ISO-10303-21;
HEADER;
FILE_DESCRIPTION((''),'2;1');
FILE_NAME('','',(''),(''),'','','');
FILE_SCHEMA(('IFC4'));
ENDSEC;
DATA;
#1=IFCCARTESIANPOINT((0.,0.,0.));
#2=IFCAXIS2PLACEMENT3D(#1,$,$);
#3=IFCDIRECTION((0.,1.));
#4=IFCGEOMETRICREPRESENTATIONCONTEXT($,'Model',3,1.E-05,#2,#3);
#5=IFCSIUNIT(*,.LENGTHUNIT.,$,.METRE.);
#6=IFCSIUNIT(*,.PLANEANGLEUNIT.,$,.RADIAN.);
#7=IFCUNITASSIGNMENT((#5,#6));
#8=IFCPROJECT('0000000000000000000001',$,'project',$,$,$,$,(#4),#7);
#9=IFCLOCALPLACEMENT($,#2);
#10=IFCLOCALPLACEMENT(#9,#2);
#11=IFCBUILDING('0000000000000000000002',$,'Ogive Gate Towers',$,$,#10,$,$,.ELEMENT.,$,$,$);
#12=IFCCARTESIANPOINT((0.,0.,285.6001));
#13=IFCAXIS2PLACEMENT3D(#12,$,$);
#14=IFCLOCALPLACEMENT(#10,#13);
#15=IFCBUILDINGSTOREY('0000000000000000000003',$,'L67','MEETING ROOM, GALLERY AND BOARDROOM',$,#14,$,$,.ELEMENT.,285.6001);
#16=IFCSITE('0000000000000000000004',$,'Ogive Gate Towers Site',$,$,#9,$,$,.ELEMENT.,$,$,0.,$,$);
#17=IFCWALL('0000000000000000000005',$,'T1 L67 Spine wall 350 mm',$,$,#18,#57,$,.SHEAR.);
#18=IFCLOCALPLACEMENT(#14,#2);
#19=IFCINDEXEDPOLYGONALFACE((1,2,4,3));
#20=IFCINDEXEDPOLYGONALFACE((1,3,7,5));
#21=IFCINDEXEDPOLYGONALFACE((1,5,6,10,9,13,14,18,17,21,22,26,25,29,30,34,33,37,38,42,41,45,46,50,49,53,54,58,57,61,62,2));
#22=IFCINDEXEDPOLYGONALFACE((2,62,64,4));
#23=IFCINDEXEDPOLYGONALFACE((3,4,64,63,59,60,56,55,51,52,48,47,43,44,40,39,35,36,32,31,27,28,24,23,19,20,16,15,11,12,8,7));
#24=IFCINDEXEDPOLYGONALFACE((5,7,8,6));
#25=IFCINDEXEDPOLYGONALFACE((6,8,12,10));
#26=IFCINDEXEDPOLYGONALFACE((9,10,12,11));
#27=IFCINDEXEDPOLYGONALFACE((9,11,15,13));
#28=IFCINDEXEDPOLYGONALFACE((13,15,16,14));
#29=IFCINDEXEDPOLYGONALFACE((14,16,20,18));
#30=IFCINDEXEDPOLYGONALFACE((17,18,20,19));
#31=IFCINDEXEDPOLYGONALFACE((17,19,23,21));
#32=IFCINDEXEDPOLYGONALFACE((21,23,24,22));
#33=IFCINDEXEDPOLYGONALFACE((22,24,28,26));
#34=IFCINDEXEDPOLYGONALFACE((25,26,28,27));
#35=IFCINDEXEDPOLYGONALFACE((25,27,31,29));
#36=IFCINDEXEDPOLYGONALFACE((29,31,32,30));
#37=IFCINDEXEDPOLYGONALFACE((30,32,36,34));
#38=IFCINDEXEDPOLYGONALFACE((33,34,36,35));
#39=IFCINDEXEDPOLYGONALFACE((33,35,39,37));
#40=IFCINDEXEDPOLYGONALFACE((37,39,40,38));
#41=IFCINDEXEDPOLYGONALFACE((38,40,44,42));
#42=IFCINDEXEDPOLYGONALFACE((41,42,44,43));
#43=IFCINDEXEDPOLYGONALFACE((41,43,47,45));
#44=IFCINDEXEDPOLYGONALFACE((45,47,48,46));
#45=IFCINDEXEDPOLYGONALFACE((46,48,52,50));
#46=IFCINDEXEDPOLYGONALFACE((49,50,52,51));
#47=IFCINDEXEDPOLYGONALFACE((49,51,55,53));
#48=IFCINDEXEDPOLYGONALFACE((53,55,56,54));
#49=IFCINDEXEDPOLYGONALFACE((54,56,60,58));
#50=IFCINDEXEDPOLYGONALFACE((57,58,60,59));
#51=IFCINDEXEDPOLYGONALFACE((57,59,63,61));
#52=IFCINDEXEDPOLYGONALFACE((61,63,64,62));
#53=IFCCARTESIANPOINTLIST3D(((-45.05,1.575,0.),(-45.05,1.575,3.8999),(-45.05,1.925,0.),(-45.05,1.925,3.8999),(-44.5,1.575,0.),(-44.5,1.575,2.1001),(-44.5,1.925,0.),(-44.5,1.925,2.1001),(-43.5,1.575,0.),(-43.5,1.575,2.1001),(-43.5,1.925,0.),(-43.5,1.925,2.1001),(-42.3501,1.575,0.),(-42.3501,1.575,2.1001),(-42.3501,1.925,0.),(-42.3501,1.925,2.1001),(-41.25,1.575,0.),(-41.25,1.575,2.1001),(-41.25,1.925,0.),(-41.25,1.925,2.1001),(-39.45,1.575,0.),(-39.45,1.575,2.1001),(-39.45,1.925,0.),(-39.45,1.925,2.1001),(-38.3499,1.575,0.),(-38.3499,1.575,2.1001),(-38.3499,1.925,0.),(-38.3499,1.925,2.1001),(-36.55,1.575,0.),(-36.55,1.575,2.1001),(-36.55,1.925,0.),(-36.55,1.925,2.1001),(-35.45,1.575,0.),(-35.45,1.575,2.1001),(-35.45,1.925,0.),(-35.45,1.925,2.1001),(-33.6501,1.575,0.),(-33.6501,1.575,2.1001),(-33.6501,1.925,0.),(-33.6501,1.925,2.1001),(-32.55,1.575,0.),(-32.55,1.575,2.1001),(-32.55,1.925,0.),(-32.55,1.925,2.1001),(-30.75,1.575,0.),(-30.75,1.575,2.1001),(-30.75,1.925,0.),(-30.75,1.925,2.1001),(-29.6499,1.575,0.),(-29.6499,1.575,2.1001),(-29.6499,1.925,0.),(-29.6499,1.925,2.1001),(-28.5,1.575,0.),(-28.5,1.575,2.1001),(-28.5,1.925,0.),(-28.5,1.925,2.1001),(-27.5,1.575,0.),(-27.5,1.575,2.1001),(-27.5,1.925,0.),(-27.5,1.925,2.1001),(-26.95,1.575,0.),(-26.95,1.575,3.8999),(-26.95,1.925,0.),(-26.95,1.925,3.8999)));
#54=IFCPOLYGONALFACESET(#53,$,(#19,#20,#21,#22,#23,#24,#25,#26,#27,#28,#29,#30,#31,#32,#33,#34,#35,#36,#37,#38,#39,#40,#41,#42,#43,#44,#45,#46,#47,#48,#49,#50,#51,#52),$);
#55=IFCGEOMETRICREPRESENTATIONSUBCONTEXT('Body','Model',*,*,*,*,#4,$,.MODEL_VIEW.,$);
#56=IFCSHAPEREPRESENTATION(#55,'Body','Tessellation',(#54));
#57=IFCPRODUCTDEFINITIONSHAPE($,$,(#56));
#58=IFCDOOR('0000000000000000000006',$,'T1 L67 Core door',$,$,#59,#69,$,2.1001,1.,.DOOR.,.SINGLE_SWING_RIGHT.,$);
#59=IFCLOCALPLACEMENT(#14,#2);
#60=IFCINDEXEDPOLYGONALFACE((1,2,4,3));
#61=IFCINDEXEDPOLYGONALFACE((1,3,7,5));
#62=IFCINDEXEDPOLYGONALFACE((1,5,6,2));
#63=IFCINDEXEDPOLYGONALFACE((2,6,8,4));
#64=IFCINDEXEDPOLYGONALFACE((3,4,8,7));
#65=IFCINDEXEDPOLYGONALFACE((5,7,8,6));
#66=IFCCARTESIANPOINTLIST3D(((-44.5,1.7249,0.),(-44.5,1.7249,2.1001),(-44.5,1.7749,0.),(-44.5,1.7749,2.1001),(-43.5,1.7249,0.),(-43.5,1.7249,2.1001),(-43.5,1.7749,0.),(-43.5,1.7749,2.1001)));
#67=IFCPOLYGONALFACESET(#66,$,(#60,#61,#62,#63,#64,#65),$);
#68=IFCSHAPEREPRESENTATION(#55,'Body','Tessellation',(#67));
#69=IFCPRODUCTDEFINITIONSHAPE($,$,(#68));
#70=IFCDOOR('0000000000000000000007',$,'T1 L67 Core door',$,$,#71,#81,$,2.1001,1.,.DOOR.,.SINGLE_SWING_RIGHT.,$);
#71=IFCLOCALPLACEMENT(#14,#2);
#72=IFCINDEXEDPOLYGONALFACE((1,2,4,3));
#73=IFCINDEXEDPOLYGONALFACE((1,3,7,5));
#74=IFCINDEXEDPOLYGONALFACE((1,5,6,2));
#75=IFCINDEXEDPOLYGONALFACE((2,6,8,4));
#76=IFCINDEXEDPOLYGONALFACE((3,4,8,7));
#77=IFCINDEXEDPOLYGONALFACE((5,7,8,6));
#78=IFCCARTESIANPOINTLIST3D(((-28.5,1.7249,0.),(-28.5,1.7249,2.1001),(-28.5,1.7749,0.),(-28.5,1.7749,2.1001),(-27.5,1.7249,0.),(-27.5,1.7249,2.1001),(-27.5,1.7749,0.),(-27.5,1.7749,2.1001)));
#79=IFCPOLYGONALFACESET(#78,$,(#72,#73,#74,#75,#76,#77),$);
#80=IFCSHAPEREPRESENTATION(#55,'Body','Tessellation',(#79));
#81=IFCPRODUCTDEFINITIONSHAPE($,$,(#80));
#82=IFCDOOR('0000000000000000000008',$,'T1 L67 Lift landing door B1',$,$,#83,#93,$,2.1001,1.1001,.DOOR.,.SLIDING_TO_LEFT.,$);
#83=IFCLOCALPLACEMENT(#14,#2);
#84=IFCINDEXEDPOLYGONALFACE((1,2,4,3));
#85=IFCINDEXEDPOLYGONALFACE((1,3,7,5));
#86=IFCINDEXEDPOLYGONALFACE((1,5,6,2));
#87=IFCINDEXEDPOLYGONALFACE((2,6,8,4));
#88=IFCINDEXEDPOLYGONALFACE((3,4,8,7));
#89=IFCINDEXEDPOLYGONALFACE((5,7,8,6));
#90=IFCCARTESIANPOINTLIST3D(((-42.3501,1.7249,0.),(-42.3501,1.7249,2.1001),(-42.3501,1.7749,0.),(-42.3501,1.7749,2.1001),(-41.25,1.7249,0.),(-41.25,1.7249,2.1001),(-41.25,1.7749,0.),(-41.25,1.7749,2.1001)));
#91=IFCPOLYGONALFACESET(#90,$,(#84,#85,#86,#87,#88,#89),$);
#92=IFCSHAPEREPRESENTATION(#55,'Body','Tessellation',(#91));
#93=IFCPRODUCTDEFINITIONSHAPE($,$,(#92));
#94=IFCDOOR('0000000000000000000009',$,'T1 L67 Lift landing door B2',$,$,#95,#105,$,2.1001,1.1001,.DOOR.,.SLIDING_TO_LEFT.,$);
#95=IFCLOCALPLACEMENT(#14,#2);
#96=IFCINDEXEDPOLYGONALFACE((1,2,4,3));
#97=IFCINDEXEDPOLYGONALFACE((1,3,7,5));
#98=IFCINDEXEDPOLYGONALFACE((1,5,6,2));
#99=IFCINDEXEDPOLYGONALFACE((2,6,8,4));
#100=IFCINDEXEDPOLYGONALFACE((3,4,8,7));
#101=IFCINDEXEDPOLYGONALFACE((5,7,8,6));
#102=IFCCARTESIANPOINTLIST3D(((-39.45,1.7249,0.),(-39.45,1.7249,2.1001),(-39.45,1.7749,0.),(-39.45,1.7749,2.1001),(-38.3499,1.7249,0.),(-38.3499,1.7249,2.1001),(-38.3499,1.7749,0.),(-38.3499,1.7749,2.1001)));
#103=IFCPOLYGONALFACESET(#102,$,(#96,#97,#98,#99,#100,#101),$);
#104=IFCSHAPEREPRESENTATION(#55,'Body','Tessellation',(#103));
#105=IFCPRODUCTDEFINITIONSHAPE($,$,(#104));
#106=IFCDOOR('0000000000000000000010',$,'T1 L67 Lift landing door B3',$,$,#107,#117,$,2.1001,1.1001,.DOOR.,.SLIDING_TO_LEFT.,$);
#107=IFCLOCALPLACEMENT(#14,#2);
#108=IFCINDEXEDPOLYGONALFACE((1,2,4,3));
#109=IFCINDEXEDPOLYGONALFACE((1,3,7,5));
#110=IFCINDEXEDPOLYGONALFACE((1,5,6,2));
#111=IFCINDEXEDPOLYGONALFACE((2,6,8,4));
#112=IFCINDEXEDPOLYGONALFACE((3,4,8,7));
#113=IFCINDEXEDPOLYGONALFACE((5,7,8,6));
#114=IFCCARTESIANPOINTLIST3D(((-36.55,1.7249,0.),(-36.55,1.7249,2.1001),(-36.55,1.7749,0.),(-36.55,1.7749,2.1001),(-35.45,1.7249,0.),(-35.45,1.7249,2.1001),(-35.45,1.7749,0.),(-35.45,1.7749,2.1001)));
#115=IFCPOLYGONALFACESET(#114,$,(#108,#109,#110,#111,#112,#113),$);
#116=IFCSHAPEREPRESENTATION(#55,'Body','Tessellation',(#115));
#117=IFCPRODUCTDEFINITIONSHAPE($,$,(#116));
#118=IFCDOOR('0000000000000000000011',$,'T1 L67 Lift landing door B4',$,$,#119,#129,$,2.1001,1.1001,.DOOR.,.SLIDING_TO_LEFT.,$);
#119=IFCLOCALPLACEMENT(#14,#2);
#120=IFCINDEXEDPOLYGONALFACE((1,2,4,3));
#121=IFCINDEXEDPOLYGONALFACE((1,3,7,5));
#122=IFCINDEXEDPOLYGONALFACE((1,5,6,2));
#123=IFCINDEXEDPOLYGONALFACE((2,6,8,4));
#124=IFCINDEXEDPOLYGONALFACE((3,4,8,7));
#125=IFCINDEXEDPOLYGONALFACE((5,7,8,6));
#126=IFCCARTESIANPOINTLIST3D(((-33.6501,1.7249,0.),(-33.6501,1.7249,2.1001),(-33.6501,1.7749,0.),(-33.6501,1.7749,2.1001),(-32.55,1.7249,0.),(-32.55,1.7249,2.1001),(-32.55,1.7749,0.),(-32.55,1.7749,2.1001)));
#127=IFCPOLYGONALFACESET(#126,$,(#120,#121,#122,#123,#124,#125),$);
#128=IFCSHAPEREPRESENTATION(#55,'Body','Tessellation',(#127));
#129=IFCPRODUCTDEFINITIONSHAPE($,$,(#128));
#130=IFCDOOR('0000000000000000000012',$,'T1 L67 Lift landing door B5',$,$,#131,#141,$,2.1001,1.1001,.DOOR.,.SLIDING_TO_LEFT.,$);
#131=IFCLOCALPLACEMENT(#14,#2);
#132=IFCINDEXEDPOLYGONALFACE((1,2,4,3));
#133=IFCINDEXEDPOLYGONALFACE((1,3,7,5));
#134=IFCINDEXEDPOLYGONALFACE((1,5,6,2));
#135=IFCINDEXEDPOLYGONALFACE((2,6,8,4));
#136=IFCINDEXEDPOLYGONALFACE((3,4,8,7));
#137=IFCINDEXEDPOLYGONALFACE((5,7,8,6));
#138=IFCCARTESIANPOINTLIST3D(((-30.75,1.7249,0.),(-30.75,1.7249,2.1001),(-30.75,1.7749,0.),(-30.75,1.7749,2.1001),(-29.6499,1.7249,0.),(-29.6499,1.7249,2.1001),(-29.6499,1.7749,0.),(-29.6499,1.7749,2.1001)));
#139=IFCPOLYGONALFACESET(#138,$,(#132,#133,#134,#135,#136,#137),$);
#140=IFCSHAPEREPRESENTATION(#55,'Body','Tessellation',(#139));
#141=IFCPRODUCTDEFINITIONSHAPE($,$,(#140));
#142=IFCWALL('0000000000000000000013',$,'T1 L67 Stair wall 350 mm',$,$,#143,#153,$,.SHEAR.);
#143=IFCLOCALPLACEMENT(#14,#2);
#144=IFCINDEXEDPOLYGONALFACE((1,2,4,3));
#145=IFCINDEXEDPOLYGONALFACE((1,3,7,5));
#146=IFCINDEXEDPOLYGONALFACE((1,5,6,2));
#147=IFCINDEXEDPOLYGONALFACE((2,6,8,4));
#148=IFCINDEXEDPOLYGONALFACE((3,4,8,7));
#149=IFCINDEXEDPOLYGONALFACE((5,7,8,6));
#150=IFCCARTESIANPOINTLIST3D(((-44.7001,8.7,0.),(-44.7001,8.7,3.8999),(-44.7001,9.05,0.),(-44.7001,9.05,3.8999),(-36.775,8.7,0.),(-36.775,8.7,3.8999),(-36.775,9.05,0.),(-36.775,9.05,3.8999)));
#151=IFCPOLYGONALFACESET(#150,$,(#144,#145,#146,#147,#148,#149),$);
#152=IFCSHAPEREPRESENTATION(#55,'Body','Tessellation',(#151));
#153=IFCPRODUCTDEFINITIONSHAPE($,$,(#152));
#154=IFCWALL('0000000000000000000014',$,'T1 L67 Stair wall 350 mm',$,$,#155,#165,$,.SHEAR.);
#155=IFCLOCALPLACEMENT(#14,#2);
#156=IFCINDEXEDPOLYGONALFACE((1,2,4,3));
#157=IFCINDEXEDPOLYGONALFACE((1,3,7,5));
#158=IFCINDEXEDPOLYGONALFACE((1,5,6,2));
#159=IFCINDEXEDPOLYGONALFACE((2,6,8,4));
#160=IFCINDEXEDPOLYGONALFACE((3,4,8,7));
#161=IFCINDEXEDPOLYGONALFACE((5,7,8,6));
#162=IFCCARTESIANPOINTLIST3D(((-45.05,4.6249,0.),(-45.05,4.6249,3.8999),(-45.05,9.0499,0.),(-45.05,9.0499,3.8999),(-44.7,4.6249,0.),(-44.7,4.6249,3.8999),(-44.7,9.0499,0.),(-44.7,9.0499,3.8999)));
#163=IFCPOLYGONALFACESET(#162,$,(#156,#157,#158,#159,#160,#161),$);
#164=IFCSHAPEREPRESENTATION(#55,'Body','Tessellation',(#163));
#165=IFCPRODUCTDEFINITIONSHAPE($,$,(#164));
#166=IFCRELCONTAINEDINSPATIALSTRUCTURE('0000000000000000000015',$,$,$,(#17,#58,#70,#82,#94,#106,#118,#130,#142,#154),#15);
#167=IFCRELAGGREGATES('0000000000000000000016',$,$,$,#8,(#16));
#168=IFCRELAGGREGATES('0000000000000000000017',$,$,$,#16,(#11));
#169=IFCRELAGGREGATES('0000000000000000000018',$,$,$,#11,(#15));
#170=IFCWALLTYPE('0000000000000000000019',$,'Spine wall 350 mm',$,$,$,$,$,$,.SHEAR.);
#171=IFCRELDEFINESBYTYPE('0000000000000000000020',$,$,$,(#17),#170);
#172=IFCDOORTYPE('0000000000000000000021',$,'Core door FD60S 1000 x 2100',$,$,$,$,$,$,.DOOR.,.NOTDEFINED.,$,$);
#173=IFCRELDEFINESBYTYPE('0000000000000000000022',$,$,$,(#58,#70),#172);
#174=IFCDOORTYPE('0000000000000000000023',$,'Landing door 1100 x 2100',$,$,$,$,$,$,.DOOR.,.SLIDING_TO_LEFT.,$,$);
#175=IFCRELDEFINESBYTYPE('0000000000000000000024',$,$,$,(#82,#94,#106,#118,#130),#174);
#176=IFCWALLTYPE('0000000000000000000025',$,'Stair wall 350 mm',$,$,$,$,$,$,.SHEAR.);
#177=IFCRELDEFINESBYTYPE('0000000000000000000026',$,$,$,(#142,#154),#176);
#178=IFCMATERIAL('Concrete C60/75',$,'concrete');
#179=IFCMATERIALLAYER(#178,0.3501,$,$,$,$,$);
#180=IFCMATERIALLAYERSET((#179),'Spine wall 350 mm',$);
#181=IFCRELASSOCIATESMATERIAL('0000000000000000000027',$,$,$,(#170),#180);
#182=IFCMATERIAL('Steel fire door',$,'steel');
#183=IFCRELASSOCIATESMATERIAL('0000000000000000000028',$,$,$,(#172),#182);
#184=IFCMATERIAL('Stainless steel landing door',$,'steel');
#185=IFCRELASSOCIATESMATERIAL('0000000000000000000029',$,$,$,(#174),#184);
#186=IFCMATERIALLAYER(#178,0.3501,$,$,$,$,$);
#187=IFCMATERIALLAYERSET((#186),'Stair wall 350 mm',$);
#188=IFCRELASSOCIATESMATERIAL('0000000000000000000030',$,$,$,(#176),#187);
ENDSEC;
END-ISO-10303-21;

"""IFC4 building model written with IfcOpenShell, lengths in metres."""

from ifc_helpers import new_model, si_unit, direction, frame, frame_2d, origin, place, context, subcontext, project, spatial, rectangle, extrude, material, layer, layer_set, type_object, element, fill, save


model = new_model("IFC4")

# Units and contexts
model_context = context("Model", 3, precision=1e-05, world=origin(), true_north=direction((0.0, 1.0)))
body_context = subcontext(model_context, "Body", "Model", "MODEL_VIEW")
ifc_project = project(units=[si_unit("LENGTHUNIT", "METRE"), si_unit("PLANEANGLEUNIT", "RADIAN")], contexts=[model_context])

# Site, building, storey
site_placement = place(None, origin())
site = spatial("IfcSite", under=ifc_project, at=site_placement, Name="Ogive Gate Towers Site", CompositionType="ELEMENT", RefElevation=0.0)
building_placement = place(site_placement, origin())
building = spatial("IfcBuilding", under=site, at=building_placement, Name="Ogive Gate Towers", CompositionType="ELEMENT")
storey_placement = place(building_placement, frame((0.0, 0.0, 285.6001)))
storey = spatial("IfcBuildingStorey", under=building, at=storey_placement, Name="L67", Description="MEETING ROOM, GALLERY AND BOARDROOM", CompositionType="ELEMENT", Elevation=285.6001)

# Shared definitions
ifc_material_1 = material(Name="Concrete C60/75", Category="concrete")
ifc_material_2 = material(Name="Steel fire door", Category="steel")

# Wall, openings, doors
ifc_layer_1 = layer(ifc_material_1, 0.3501)
ifc_layer_set_1 = layer_set([ifc_layer_1], Name="Spine wall 350 mm")
wall_type_1 = type_object("IfcWallType", Name="Spine wall 350 mm", PredefinedType="SHEAR", material=ifc_layer_set_1)
wall_1_placement = place(storey_placement, frame((-45.05, 1.75, 0.0), z_axis=(0.0, 0.0, 1.0), x_axis=(1.0, 0.0, 0.0)))
wall_1 = element("IfcWall", 1, at=wall_1_placement, inside=storey, type_object=wall_type_1, Name="T1 L67 Spine wall 350 mm", PredefinedType="SHEAR", context=body_context, shape_type="SweptSolid", body=[
    extrude(rectangle(XDim=18.1001, YDim=0.3501, at=frame_2d((9.05, 0.0))), origin(), (0.0, 0.0, 1.0), 3.8999),
])
opening_1_placement = place(wall_1_placement, frame((0.55, 0.0, 0.0)))
opening_1 = element("IfcOpeningElement", 2, at=opening_1_placement, cuts=wall_1, PredefinedType="OPENING", context=body_context, shape_type="SweptSolid", body=[
    extrude(rectangle(XDim=1.0, YDim=2.1001, at=frame_2d((0.5, 1.05))), frame((0.0, 0.1851, 0.0), z_axis=(0.0, -1.0, 0.0), x_axis=(1.0, 0.0, 0.0)), (0.0, 0.0, 1.0), 0.3701),
])
opening_2_placement = place(wall_1_placement, frame((2.7, 0.0, 0.0)))
opening_2 = element("IfcOpeningElement", 3, at=opening_2_placement, cuts=wall_1, PredefinedType="OPENING", context=body_context, shape_type="SweptSolid", body=[
    extrude(rectangle(XDim=1.1001, YDim=2.1001, at=frame_2d((0.55, 1.05))), frame((0.0, 0.1851, 0.0), z_axis=(0.0, -1.0, 0.0), x_axis=(1.0, 0.0, 0.0)), (0.0, 0.0, 1.0), 0.3701),
])
opening_3_placement = place(wall_1_placement, frame((5.6001, 0.0, 0.0)))
opening_3 = element("IfcOpeningElement", 4, at=opening_3_placement, cuts=wall_1, PredefinedType="OPENING", context=body_context, shape_type="SweptSolid", body=[
    extrude(rectangle(XDim=1.1001, YDim=2.1001, at=frame_2d((0.55, 1.05))), frame((0.0, 0.1851, 0.0), z_axis=(0.0, -1.0, 0.0), x_axis=(1.0, 0.0, 0.0)), (0.0, 0.0, 1.0), 0.3701),
])
opening_4_placement = place(wall_1_placement, frame((8.5, 0.0, 0.0)))
opening_4 = element("IfcOpeningElement", 5, at=opening_4_placement, cuts=wall_1, PredefinedType="OPENING", context=body_context, shape_type="SweptSolid", body=[
    extrude(rectangle(XDim=1.1001, YDim=2.1001, at=frame_2d((0.55, 1.05))), frame((0.0, 0.1851, 0.0), z_axis=(0.0, -1.0, 0.0), x_axis=(1.0, 0.0, 0.0)), (0.0, 0.0, 1.0), 0.3701),
])
opening_5_placement = place(wall_1_placement, frame((11.3999, 0.0, 0.0)))
opening_5 = element("IfcOpeningElement", 6, at=opening_5_placement, cuts=wall_1, PredefinedType="OPENING", context=body_context, shape_type="SweptSolid", body=[
    extrude(rectangle(XDim=1.1001, YDim=2.1001, at=frame_2d((0.55, 1.05))), frame((0.0, 0.1851, 0.0), z_axis=(0.0, -1.0, 0.0), x_axis=(1.0, 0.0, 0.0)), (0.0, 0.0, 1.0), 0.3701),
])
opening_6_placement = place(wall_1_placement, frame((14.3, 0.0, 0.0)))
opening_6 = element("IfcOpeningElement", 7, at=opening_6_placement, cuts=wall_1, PredefinedType="OPENING", context=body_context, shape_type="SweptSolid", body=[
    extrude(rectangle(XDim=1.1001, YDim=2.1001, at=frame_2d((0.55, 1.05))), frame((0.0, 0.1851, 0.0), z_axis=(0.0, -1.0, 0.0), x_axis=(1.0, 0.0, 0.0)), (0.0, 0.0, 1.0), 0.3701),
])
opening_7_placement = place(wall_1_placement, frame((16.55, 0.0, 0.0)))
opening_7 = element("IfcOpeningElement", 8, at=opening_7_placement, cuts=wall_1, PredefinedType="OPENING", context=body_context, shape_type="SweptSolid", body=[
    extrude(rectangle(XDim=1.0, YDim=2.1001, at=frame_2d((0.5, 1.05))), frame((0.0, 0.1851, 0.0), z_axis=(0.0, -1.0, 0.0), x_axis=(1.0, 0.0, 0.0)), (0.0, 0.0, 1.0), 0.3701),
])
door_type_1 = type_object("IfcDoorType", Name="Core door FD60S 1000 x 2100", OperationType="NOTDEFINED", PredefinedType="DOOR", material=ifc_material_2)
door_1_placement = place(opening_1_placement, origin())
door_1 = element("IfcDoor", 9, at=door_1_placement, inside=storey, type_object=door_type_1, Name="T1 L67 Core door", OperationType="SINGLE_SWING_RIGHT", OverallHeight=2.1001, OverallWidth=1.0, PredefinedType="DOOR", context=body_context, shape_type="SweptSolid", body=[
    extrude(rectangle(XDim=1.0, YDim=2.1001, at=frame_2d((0.5, 1.05))), frame((0.0, 0.0249, 0.0), z_axis=(0.0, -1.0, 0.0), x_axis=(1.0, 0.0, 0.0)), (0.0, 0.0, 1.0), 0.05),
])
fill(opening_1, door_1)
door_2_placement = place(opening_7_placement, origin())
door_2 = element("IfcDoor", 10, at=door_2_placement, inside=storey, type_object=door_type_1, Name="T1 L67 Core door", OperationType="SINGLE_SWING_RIGHT", OverallHeight=2.1001, OverallWidth=1.0, PredefinedType="DOOR", context=body_context, shape_type="SweptSolid", body=[
    extrude(rectangle(XDim=1.0, YDim=2.1001, at=frame_2d((0.5, 1.05))), frame((0.0, 0.0249, 0.0), z_axis=(0.0, -1.0, 0.0), x_axis=(1.0, 0.0, 0.0)), (0.0, 0.0, 1.0), 0.05),
])
fill(opening_7, door_2)
ifc_material_3 = material(Name="Stainless steel landing door", Category="steel")
door_type_2 = type_object("IfcDoorType", Name="Landing door 1100 x 2100", OperationType="SLIDING_TO_LEFT", PredefinedType="DOOR", material=ifc_material_3)
door_3_placement = place(opening_2_placement, origin())
door_3 = element("IfcDoor", 11, at=door_3_placement, inside=storey, type_object=door_type_2, Name="T1 L67 Lift landing door B1", OperationType="SLIDING_TO_LEFT", OverallHeight=2.1001, OverallWidth=1.1001, PredefinedType="DOOR", context=body_context, shape_type="SweptSolid", body=[
    extrude(rectangle(XDim=1.1001, YDim=2.1001, at=frame_2d((0.55, 1.05))), frame((0.0, 0.0249, 0.0), z_axis=(0.0, -1.0, 0.0), x_axis=(1.0, 0.0, 0.0)), (0.0, 0.0, 1.0), 0.05),
])
fill(opening_2, door_3)
door_4_placement = place(opening_3_placement, origin())
door_4 = element("IfcDoor", 12, at=door_4_placement, inside=storey, type_object=door_type_2, Name="T1 L67 Lift landing door B2", OperationType="SLIDING_TO_LEFT", OverallHeight=2.1001, OverallWidth=1.1001, PredefinedType="DOOR", context=body_context, shape_type="SweptSolid", body=[
    extrude(rectangle(XDim=1.1001, YDim=2.1001, at=frame_2d((0.55, 1.05))), frame((0.0, 0.0249, 0.0), z_axis=(0.0, -1.0, 0.0), x_axis=(1.0, 0.0, 0.0)), (0.0, 0.0, 1.0), 0.05),
])
fill(opening_3, door_4)
door_5_placement = place(opening_4_placement, origin())
door_5 = element("IfcDoor", 13, at=door_5_placement, inside=storey, type_object=door_type_2, Name="T1 L67 Lift landing door B3", OperationType="SLIDING_TO_LEFT", OverallHeight=2.1001, OverallWidth=1.1001, PredefinedType="DOOR", context=body_context, shape_type="SweptSolid", body=[
    extrude(rectangle(XDim=1.1001, YDim=2.1001, at=frame_2d((0.55, 1.05))), frame((0.0, 0.0249, 0.0), z_axis=(0.0, -1.0, 0.0), x_axis=(1.0, 0.0, 0.0)), (0.0, 0.0, 1.0), 0.05),
])
fill(opening_4, door_5)
door_6_placement = place(opening_5_placement, origin())
door_6 = element("IfcDoor", 14, at=door_6_placement, inside=storey, type_object=door_type_2, Name="T1 L67 Lift landing door B4", OperationType="SLIDING_TO_LEFT", OverallHeight=2.1001, OverallWidth=1.1001, PredefinedType="DOOR", context=body_context, shape_type="SweptSolid", body=[
    extrude(rectangle(XDim=1.1001, YDim=2.1001, at=frame_2d((0.55, 1.05))), frame((0.0, 0.0249, 0.0), z_axis=(0.0, -1.0, 0.0), x_axis=(1.0, 0.0, 0.0)), (0.0, 0.0, 1.0), 0.05),
])
fill(opening_5, door_6)
door_7_placement = place(opening_6_placement, origin())
door_7 = element("IfcDoor", 15, at=door_7_placement, inside=storey, type_object=door_type_2, Name="T1 L67 Lift landing door B5", OperationType="SLIDING_TO_LEFT", OverallHeight=2.1001, OverallWidth=1.1001, PredefinedType="DOOR", context=body_context, shape_type="SweptSolid", body=[
    extrude(rectangle(XDim=1.1001, YDim=2.1001, at=frame_2d((0.55, 1.05))), frame((0.0, 0.0249, 0.0), z_axis=(0.0, -1.0, 0.0), x_axis=(1.0, 0.0, 0.0)), (0.0, 0.0, 1.0), 0.05),
])
fill(opening_6, door_7)

# Walls
ifc_layer_2 = layer(ifc_material_1, 0.3501)
ifc_layer_set_2 = layer_set([ifc_layer_2], Name="Stair wall 350 mm")
wall_type_2 = type_object("IfcWallType", Name="Stair wall 350 mm", PredefinedType="SHEAR", material=ifc_layer_set_2)
wall_2_placement = place(storey_placement, frame((-44.7, 8.875, 0.0), z_axis=(0.0, 0.0, 1.0), x_axis=(1.0, 0.0, 0.0)))
element("IfcWall", 16, at=wall_2_placement, inside=storey, type_object=wall_type_2, Name="T1 L67 Stair wall 350 mm", PredefinedType="SHEAR", context=body_context, shape_type="SweptSolid", body=[
    extrude(rectangle(XDim=7.925, YDim=0.3501, at=frame_2d((3.9624, 0.0))), origin(), (0.0, 0.0, 1.0), 3.8999),
])
wall_3_placement = place(storey_placement, frame((-44.875, 4.625, 0.0), z_axis=(0.0, 0.0, 1.0), x_axis=(0.0, 1.0, 0.0)))
element("IfcWall", 17, at=wall_3_placement, inside=storey, type_object=wall_type_2, Name="T1 L67 Stair wall 350 mm", PredefinedType="SHEAR", context=body_context, shape_type="SweptSolid", body=[
    extrude(rectangle(XDim=4.425, YDim=0.3501, at=frame_2d((2.2124, 0.0))), origin(), (0.0, 0.0, 1.0), 3.8999),
])

save(model, "model.ifc")
